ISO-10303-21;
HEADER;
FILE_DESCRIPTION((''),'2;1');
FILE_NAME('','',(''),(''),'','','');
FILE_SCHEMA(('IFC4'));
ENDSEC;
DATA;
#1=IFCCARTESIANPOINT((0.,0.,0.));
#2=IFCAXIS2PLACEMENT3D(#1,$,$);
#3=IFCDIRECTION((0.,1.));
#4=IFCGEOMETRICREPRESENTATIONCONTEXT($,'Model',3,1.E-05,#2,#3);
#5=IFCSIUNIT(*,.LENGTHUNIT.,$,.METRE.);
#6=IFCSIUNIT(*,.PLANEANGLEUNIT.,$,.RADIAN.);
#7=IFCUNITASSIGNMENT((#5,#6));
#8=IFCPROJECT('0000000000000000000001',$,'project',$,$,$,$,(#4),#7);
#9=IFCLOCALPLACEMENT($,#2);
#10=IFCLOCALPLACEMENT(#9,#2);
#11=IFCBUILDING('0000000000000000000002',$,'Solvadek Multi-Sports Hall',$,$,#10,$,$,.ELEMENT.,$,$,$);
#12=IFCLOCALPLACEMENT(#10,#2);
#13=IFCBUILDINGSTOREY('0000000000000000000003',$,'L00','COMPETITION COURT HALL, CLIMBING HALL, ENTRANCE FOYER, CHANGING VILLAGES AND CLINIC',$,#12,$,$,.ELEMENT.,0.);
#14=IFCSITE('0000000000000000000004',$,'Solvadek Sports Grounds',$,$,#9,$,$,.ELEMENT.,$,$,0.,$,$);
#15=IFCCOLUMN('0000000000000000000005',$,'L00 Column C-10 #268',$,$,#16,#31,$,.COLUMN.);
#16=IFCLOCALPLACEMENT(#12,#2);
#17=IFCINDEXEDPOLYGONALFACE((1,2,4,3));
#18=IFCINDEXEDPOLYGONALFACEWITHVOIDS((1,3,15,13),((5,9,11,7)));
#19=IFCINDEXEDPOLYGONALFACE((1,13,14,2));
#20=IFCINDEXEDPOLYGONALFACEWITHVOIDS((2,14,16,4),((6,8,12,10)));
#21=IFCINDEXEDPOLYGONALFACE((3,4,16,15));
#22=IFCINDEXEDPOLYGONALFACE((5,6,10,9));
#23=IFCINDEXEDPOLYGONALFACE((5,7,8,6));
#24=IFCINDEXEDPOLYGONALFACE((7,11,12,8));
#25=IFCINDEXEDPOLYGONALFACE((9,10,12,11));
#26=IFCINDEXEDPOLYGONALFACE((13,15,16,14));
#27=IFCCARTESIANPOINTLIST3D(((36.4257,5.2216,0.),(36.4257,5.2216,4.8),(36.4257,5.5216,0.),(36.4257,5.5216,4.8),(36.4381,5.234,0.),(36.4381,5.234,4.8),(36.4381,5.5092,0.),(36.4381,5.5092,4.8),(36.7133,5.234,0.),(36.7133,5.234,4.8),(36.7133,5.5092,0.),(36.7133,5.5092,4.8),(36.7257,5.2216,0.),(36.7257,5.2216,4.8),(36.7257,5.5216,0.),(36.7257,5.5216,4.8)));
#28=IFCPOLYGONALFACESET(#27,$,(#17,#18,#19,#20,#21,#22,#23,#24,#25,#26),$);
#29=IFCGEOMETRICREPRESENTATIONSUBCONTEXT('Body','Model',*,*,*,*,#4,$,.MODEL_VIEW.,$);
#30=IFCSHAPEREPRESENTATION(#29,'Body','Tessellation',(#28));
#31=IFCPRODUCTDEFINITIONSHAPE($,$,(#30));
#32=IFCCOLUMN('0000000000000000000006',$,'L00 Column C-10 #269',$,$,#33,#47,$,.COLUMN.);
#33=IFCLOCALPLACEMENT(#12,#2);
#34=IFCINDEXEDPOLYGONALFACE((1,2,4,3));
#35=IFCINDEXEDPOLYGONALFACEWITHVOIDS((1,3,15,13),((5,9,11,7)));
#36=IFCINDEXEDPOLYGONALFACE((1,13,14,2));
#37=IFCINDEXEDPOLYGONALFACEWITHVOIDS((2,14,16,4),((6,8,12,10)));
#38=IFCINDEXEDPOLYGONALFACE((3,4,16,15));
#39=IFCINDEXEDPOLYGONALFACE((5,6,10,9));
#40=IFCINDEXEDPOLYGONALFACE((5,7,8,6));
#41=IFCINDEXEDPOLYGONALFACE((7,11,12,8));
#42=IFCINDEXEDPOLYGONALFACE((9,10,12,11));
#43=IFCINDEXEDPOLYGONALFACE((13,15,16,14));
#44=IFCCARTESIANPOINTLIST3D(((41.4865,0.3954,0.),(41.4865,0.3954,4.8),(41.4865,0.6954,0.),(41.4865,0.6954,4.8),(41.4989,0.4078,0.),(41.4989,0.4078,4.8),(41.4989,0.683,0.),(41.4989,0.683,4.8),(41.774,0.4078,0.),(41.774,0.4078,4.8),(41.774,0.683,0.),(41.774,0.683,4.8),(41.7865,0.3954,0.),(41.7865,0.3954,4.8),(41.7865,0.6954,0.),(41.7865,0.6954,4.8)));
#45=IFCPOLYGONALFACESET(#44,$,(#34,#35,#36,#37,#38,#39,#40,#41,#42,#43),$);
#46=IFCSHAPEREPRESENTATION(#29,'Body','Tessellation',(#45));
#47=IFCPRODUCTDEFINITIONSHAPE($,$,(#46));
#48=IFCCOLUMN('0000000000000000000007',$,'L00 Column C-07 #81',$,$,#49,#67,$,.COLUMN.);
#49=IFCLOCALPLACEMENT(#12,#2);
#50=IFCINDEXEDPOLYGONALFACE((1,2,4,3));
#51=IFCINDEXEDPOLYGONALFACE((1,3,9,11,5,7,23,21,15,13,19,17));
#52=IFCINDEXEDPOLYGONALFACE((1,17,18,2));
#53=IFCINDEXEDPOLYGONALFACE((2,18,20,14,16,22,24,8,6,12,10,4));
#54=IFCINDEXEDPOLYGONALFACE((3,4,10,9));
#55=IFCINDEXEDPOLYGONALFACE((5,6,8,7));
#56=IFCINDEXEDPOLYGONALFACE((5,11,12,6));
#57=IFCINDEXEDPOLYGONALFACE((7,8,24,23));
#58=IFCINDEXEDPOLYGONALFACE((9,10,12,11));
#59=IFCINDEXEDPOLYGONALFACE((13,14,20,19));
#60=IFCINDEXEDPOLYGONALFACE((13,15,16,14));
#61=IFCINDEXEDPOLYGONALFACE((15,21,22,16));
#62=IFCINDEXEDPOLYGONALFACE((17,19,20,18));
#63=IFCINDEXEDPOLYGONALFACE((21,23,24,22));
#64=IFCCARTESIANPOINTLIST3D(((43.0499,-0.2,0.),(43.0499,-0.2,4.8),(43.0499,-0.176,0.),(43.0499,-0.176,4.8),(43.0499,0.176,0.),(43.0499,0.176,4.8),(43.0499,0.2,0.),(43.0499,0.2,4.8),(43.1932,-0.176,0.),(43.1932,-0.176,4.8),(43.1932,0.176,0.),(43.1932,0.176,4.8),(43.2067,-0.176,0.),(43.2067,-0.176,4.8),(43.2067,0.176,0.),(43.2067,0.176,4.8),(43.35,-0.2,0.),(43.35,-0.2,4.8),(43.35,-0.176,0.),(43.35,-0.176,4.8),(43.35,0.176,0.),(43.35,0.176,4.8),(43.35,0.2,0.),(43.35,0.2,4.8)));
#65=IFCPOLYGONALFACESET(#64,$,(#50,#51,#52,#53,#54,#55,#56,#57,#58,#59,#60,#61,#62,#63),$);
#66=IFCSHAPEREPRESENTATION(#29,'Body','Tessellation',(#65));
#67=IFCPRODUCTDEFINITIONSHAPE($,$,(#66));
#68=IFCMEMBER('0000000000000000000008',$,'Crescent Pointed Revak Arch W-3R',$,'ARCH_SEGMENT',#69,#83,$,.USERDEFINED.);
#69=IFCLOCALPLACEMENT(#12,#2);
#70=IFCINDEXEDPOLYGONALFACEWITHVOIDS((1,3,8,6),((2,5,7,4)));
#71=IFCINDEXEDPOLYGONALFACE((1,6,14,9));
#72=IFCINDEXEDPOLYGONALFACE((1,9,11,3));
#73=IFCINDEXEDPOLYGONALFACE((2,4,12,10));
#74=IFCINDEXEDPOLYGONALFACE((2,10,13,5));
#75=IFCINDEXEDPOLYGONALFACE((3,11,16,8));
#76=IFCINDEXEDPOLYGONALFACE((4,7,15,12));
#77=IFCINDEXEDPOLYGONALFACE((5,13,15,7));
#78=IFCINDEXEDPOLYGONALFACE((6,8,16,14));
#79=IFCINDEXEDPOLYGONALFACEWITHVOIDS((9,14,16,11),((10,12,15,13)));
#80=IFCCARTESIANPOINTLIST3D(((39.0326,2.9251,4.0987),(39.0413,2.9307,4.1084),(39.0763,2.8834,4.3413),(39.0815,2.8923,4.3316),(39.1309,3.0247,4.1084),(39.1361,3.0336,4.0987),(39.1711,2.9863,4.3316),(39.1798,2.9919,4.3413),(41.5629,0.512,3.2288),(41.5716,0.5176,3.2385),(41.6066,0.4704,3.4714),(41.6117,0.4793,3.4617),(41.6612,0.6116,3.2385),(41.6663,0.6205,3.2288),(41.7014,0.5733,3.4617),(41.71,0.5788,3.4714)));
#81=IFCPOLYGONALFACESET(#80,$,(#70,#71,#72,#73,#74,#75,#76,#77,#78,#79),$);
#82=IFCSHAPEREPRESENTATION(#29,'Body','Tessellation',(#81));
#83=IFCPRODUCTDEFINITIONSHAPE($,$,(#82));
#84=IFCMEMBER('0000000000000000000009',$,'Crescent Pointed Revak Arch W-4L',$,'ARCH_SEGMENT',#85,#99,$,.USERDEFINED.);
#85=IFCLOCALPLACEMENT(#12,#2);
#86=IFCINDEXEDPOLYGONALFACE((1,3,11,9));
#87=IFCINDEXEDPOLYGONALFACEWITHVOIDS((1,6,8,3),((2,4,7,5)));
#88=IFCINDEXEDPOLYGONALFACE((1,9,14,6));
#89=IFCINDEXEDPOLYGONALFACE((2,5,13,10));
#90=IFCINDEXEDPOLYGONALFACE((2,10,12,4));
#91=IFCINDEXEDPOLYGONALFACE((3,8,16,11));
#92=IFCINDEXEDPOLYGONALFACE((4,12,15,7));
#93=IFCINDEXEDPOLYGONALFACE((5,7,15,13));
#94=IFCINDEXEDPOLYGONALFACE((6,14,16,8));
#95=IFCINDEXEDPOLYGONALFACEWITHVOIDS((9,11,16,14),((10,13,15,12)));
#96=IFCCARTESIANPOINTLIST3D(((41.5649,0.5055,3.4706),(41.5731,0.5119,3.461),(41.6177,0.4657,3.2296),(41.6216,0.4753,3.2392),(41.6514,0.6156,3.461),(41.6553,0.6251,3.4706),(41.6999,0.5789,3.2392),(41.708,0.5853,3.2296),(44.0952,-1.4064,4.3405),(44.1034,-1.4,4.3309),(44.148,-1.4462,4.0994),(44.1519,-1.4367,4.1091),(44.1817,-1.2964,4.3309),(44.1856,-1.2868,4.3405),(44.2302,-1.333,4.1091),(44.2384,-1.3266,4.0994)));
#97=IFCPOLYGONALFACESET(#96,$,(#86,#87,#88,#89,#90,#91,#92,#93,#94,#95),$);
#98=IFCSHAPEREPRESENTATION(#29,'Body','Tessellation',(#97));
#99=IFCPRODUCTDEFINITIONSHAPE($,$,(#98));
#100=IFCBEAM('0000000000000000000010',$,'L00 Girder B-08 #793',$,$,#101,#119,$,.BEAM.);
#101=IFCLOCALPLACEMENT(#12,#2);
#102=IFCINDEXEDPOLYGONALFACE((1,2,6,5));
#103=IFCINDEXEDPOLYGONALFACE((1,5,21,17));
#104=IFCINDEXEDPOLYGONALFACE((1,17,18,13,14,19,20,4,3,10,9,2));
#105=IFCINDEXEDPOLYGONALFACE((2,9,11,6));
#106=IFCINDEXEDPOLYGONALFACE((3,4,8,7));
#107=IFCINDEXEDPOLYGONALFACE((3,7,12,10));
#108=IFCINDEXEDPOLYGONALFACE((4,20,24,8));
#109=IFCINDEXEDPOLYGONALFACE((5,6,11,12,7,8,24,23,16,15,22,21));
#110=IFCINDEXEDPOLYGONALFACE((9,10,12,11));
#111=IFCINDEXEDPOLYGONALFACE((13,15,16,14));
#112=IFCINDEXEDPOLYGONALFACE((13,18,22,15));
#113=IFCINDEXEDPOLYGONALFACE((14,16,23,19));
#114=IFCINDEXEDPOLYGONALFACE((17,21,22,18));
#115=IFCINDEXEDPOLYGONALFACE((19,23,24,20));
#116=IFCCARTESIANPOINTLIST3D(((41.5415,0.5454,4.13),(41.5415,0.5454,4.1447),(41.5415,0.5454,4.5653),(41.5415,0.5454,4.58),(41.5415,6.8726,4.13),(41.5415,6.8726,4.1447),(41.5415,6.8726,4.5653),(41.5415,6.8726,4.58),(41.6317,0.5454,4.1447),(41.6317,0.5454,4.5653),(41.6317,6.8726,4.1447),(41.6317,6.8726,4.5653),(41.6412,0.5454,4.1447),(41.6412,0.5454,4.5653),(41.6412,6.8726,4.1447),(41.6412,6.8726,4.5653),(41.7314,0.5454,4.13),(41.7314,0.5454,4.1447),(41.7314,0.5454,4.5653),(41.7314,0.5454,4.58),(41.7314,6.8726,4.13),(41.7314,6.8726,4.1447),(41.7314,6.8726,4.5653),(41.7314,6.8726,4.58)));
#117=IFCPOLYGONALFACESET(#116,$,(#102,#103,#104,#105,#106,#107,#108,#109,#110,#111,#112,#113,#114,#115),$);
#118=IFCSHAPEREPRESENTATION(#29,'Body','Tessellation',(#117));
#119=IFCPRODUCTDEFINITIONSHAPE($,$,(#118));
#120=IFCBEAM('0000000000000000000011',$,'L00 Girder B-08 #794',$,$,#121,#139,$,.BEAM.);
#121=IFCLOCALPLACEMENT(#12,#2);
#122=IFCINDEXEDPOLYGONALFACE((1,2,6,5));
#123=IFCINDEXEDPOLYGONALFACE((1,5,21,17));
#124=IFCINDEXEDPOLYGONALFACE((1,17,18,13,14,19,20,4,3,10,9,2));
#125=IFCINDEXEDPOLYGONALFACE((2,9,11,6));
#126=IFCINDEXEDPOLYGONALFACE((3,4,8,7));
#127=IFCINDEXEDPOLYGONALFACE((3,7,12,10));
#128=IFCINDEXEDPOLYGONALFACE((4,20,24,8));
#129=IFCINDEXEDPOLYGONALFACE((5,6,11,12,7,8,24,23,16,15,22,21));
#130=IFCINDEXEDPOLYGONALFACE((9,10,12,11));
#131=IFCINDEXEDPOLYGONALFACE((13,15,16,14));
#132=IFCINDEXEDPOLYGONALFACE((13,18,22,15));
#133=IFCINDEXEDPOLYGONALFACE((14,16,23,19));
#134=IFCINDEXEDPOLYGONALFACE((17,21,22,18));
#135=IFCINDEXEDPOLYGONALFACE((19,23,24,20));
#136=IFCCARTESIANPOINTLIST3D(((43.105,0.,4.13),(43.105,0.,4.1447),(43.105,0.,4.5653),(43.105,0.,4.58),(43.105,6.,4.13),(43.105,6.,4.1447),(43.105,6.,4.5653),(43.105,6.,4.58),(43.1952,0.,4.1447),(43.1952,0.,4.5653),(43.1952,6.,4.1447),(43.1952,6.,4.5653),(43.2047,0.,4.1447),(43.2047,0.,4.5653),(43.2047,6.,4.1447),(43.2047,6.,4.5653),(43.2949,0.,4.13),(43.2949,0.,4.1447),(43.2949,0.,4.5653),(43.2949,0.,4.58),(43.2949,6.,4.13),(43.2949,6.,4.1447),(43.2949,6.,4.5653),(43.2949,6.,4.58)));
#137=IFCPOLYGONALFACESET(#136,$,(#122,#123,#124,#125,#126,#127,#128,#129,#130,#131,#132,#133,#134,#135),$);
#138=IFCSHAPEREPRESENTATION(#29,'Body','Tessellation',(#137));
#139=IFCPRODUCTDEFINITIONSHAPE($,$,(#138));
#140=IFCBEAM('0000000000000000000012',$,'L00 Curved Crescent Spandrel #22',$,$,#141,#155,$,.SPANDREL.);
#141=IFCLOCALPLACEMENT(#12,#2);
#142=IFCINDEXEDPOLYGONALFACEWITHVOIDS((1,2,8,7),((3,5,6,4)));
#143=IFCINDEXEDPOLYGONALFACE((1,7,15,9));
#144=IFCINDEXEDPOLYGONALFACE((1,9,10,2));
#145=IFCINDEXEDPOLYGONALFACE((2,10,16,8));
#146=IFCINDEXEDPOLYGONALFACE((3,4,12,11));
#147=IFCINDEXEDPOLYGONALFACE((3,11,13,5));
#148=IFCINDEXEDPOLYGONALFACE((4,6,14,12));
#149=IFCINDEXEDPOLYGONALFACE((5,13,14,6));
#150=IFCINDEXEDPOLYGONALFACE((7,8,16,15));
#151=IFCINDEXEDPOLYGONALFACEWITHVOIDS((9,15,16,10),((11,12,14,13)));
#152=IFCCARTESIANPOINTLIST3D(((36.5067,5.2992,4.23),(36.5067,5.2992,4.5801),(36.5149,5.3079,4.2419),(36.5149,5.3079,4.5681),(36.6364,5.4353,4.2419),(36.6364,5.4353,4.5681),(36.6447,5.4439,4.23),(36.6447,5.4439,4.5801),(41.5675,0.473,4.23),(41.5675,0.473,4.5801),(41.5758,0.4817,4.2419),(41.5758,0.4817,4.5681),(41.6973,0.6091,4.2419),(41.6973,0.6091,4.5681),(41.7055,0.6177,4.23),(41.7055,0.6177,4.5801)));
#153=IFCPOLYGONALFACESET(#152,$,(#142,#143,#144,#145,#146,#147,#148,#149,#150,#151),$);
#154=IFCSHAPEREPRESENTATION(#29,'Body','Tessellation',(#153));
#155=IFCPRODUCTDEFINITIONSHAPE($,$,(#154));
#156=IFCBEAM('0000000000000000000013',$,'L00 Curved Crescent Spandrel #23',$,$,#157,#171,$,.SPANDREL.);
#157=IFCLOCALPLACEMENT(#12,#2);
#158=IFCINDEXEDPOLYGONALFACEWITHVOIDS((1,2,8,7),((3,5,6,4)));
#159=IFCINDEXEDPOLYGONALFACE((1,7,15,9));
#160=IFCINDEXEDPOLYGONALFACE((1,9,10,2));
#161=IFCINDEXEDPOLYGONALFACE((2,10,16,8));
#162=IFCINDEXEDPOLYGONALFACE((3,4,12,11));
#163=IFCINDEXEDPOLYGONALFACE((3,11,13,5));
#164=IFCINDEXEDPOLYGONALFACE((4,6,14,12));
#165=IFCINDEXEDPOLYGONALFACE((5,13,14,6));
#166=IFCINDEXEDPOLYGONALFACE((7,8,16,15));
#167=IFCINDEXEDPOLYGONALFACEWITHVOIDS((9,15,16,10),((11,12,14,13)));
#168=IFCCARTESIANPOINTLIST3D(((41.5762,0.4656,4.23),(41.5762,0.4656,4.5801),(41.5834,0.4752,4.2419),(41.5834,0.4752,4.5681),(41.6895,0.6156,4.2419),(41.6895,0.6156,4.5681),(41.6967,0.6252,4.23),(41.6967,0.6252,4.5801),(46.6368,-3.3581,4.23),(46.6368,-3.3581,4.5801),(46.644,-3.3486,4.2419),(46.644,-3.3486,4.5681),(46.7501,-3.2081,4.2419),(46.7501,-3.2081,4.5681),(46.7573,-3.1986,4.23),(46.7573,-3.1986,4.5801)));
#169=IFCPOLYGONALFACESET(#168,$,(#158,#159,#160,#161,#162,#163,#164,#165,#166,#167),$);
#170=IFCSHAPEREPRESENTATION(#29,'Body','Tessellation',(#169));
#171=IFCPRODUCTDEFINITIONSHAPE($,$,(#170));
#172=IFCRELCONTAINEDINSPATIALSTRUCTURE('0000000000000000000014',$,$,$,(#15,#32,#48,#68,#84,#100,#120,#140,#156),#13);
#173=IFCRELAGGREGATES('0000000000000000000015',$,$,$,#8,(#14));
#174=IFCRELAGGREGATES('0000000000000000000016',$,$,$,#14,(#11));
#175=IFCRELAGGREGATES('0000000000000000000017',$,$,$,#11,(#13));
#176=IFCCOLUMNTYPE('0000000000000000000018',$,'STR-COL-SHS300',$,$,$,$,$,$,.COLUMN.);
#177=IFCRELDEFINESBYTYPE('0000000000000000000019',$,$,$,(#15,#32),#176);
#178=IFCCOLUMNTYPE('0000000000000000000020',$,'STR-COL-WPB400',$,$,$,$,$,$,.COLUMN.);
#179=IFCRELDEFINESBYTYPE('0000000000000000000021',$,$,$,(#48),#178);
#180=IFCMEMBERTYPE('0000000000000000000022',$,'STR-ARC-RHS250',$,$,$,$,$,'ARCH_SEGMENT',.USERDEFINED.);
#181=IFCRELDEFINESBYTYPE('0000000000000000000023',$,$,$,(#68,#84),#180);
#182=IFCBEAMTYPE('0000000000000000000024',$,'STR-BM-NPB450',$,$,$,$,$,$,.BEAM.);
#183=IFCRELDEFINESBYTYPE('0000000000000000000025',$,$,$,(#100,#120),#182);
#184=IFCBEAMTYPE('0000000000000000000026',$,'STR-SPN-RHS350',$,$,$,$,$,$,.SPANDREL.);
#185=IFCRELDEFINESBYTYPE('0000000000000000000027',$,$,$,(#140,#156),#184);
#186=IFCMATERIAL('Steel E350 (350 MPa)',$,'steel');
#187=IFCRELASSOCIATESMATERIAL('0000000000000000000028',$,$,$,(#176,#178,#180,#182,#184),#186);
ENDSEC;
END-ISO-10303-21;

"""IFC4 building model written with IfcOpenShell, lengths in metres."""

from ifc_helpers import new_model, si_unit, direction, frame, origin, origin_2d, place, context, subcontext, project, spatial, hollow_rectangle, i_section, extrude, material, material_profile, profile_set, type_object, element, save


model = new_model("IFC4")

# Units and contexts
model_context = context("Model", 3, precision=1e-05, world=origin(), true_north=direction((0.0, 1.0)))
body_context = subcontext(model_context, "Body", "Model", "MODEL_VIEW")
ifc_project = project(units=[si_unit("LENGTHUNIT", "METRE"), si_unit("PLANEANGLEUNIT", "RADIAN")], contexts=[model_context])

# Site, building, storey
site_placement = place(None, origin())
site = spatial("IfcSite", under=ifc_project, at=site_placement, Name="Solvadek Sports Grounds", CompositionType="ELEMENT", RefElevation=0.0)
building_placement = place(site_placement, origin())
building = spatial("IfcBuilding", under=site, at=building_placement, Name="Solvadek Multi-Sports Hall", CompositionType="ELEMENT")
storey_placement = place(building_placement, origin())
storey = spatial("IfcBuildingStorey", under=building, at=storey_placement, Name="L00", Description="COMPETITION COURT HALL, CLIMBING HALL, ENTRANCE FOYER, CHANGING VILLAGES AND CLINIC", CompositionType="ELEMENT", Elevation=0.0)

# Columns
ifc_material_1 = material(Name="Steel E350 (350 MPa)", Category="steel")
ifc_material_profile_1 = material_profile(ifc_material_1, hollow_rectangle(XDim=0.3, YDim=0.3, WallThickness=0.0125, at=origin_2d()), Name="SHS 300x300x12.5")
ifc_profile_set_1 = profile_set([ifc_material_profile_1], Name="Steel E350 (350 MPa)")
column_type_1 = type_object("IfcColumnType", Name="STR-COL-SHS300", PredefinedType="COLUMN", material=ifc_profile_set_1)
for number, where, z_axis, x_axis, name in (
    (1, (36.5757, 5.3716, 0.0), (0.0, 0.0, 1.0), (1.0, 0.0, 0.0), "L00 Column C-10 #268"),
    (2, (41.6365, 0.5454, 0.0), (0.0, 0.0, 1.0), (1.0, 0.0, 0.0), "L00 Column C-10 #269"),
):
    element("IfcColumn", number, at=place(storey_placement, frame(where, z_axis=z_axis, x_axis=x_axis)), inside=storey, type_object=column_type_1, Name=name, PredefinedType="COLUMN", context=body_context, shape_type="SweptSolid", body=[
        extrude(hollow_rectangle(XDim=0.3, YDim=0.3, WallThickness=0.0125, at=origin_2d()), origin(), (0.0, 0.0, 1.0), 4.8),
    ])
ifc_material_profile_2 = material_profile(ifc_material_1, i_section(OverallWidth=0.3, OverallDepth=0.3999, WebThickness=0.0134, FlangeThickness=0.0239, at=origin_2d()), Name="WPB 400")
ifc_profile_set_2 = profile_set([ifc_material_profile_2], Name="Steel E350 (350 MPa)")
column_type_2 = type_object("IfcColumnType", Name="STR-COL-WPB400", PredefinedType="COLUMN", material=ifc_profile_set_2)
column_placement = place(storey_placement, frame((43.2, 0.0, 0.0), z_axis=(0.0, 0.0, 1.0), x_axis=(1.0, 0.0, 0.0)))
element("IfcColumn", 3, at=column_placement, inside=storey, type_object=column_type_2, Name="L00 Column C-07 #81", PredefinedType="COLUMN", context=body_context, shape_type="SweptSolid", body=[
    extrude(i_section(OverallWidth=0.3, OverallDepth=0.3999, WebThickness=0.0134, FlangeThickness=0.0239, at=origin_2d()), origin(), (0.0, 0.0, 1.0), 4.8),
])

# Members
ifc_material_profile_3 = material_profile(ifc_material_1, hollow_rectangle(XDim=0.1499, YDim=0.25, WallThickness=0.01, at=origin_2d()), Name="RHS 250x150x10")
ifc_profile_set_3 = profile_set([ifc_material_profile_3], Name="Steel E350 (350 MPa)")
member_type = type_object("IfcMemberType", Name="STR-ARC-RHS250", ElementType="ARCH_SEGMENT", PredefinedType="USERDEFINED", material=ifc_profile_set_3)
member_1_placement = place(storey_placement, frame((39.1062, 2.9585, 4.22), z_axis=(0.702259, -0.669735, -0.241427), x_axis=(0.69015, 0.723666, 0.0)))
element("IfcMember", 4, at=member_1_placement, inside=storey, type_object=member_type, Name="Crescent Pointed Revak Arch W-3R", ObjectType="ARCH_SEGMENT", PredefinedType="USERDEFINED", context=body_context, shape_type="SweptSolid", body=[
    extrude(hollow_rectangle(XDim=0.1499, YDim=0.25, WallThickness=0.01, at=origin_2d()), origin(), (0.0, 0.0, 1.0), 3.603),
])
member_2_placement = place(storey_placement, frame((41.6365, 0.5454, 3.3501), z_axis=(0.769432, -0.58138, 0.26452), x_axis=(0.602854, 0.797852, 0.0)))
element("IfcMember", 5, at=member_2_placement, inside=storey, type_object=member_type, Name="Crescent Pointed Revak Arch W-4L", ObjectType="ARCH_SEGMENT", PredefinedType="USERDEFINED", context=body_context, shape_type="SweptSolid", body=[
    extrude(hollow_rectangle(XDim=0.1499, YDim=0.25, WallThickness=0.01, at=origin_2d()), origin(), (0.0, 0.0, 1.0), 3.2886),
])

# Beams
ifc_material_profile_4 = material_profile(ifc_material_1, i_section(OverallWidth=0.1899, OverallDepth=0.45, WebThickness=0.0095, FlangeThickness=0.0146, at=origin_2d()), Name="NPB 450")
ifc_profile_set_4 = profile_set([ifc_material_profile_4], Name="Steel E350 (350 MPa)")
beam_type_1 = type_object("IfcBeamType", Name="STR-BM-NPB450", PredefinedType="BEAM", material=ifc_profile_set_4)
beam_1_placement = place(storey_placement, frame((41.6365, 0.5454, 4.355), z_axis=(0.0, 1.0, 0.0), x_axis=(-1.0, 0.0, 0.0)))
element("IfcBeam", 6, at=beam_1_placement, inside=storey, type_object=beam_type_1, Name="L00 Girder B-08 #793", PredefinedType="BEAM", context=body_context, shape_type="SweptSolid", body=[
    extrude(i_section(OverallWidth=0.1899, OverallDepth=0.45, WebThickness=0.0095, FlangeThickness=0.0146, at=origin_2d()), origin(), (0.0, 0.0, 1.0), 6.3271),
])
beam_2_placement = place(storey_placement, frame((43.2, 0.0, 4.355), z_axis=(0.0, 1.0, 0.0), x_axis=(-1.0, 0.0, 0.0)))
element("IfcBeam", 7, at=beam_2_placement, inside=storey, type_object=beam_type_1, Name="L00 Girder B-08 #794", PredefinedType="BEAM", context=body_context, shape_type="SweptSolid", body=[
    extrude(i_section(OverallWidth=0.1899, OverallDepth=0.45, WebThickness=0.0095, FlangeThickness=0.0146, at=origin_2d()), origin(), (0.0, 0.0, 1.0), 6.0),
])
ifc_material_profile_5 = material_profile(ifc_material_1, hollow_rectangle(XDim=0.2, YDim=0.3501, WallThickness=0.012, at=origin_2d()), Name="RHS 350x200x12")
ifc_profile_set_5 = profile_set([ifc_material_profile_5], Name="Steel E350 (350 MPa)")
beam_type_2 = type_object("IfcBeamType", Name="STR-SPN-RHS350", PredefinedType="SPANDREL", material=ifc_profile_set_5)
beam_3_placement = place(storey_placement, frame((36.5757, 5.3716, 4.405), z_axis=(0.723683, -0.690133, 0.0), x_axis=(0.690133, 0.723683, 0.0)))
element("IfcBeam", 8, at=beam_3_placement, inside=storey, type_object=beam_type_2, Name="L00 Curved Crescent Spandrel #22", PredefinedType="SPANDREL", context=body_context, shape_type="SweptSolid", body=[
    extrude(hollow_rectangle(XDim=0.2, YDim=0.3501, WallThickness=0.012, at=origin_2d()), origin(), (0.0, 0.0, 1.0), 6.9932),
])
beam_4_placement = place(storey_placement, frame((41.6365, 0.5454, 4.405), z_axis=(0.797852, -0.602854, 0.0), x_axis=(0.602854, 0.797852, 0.0)))
element("IfcBeam", 9, at=beam_4_placement, inside=storey, type_object=beam_type_2, Name="L00 Curved Crescent Spandrel #23", PredefinedType="SPANDREL", context=body_context, shape_type="SweptSolid", body=[
    extrude(hollow_rectangle(XDim=0.2, YDim=0.3501, WallThickness=0.012, at=origin_2d()), origin(), (0.0, 0.0, 1.0), 6.3428),
])

save(model, "model.ifc")
